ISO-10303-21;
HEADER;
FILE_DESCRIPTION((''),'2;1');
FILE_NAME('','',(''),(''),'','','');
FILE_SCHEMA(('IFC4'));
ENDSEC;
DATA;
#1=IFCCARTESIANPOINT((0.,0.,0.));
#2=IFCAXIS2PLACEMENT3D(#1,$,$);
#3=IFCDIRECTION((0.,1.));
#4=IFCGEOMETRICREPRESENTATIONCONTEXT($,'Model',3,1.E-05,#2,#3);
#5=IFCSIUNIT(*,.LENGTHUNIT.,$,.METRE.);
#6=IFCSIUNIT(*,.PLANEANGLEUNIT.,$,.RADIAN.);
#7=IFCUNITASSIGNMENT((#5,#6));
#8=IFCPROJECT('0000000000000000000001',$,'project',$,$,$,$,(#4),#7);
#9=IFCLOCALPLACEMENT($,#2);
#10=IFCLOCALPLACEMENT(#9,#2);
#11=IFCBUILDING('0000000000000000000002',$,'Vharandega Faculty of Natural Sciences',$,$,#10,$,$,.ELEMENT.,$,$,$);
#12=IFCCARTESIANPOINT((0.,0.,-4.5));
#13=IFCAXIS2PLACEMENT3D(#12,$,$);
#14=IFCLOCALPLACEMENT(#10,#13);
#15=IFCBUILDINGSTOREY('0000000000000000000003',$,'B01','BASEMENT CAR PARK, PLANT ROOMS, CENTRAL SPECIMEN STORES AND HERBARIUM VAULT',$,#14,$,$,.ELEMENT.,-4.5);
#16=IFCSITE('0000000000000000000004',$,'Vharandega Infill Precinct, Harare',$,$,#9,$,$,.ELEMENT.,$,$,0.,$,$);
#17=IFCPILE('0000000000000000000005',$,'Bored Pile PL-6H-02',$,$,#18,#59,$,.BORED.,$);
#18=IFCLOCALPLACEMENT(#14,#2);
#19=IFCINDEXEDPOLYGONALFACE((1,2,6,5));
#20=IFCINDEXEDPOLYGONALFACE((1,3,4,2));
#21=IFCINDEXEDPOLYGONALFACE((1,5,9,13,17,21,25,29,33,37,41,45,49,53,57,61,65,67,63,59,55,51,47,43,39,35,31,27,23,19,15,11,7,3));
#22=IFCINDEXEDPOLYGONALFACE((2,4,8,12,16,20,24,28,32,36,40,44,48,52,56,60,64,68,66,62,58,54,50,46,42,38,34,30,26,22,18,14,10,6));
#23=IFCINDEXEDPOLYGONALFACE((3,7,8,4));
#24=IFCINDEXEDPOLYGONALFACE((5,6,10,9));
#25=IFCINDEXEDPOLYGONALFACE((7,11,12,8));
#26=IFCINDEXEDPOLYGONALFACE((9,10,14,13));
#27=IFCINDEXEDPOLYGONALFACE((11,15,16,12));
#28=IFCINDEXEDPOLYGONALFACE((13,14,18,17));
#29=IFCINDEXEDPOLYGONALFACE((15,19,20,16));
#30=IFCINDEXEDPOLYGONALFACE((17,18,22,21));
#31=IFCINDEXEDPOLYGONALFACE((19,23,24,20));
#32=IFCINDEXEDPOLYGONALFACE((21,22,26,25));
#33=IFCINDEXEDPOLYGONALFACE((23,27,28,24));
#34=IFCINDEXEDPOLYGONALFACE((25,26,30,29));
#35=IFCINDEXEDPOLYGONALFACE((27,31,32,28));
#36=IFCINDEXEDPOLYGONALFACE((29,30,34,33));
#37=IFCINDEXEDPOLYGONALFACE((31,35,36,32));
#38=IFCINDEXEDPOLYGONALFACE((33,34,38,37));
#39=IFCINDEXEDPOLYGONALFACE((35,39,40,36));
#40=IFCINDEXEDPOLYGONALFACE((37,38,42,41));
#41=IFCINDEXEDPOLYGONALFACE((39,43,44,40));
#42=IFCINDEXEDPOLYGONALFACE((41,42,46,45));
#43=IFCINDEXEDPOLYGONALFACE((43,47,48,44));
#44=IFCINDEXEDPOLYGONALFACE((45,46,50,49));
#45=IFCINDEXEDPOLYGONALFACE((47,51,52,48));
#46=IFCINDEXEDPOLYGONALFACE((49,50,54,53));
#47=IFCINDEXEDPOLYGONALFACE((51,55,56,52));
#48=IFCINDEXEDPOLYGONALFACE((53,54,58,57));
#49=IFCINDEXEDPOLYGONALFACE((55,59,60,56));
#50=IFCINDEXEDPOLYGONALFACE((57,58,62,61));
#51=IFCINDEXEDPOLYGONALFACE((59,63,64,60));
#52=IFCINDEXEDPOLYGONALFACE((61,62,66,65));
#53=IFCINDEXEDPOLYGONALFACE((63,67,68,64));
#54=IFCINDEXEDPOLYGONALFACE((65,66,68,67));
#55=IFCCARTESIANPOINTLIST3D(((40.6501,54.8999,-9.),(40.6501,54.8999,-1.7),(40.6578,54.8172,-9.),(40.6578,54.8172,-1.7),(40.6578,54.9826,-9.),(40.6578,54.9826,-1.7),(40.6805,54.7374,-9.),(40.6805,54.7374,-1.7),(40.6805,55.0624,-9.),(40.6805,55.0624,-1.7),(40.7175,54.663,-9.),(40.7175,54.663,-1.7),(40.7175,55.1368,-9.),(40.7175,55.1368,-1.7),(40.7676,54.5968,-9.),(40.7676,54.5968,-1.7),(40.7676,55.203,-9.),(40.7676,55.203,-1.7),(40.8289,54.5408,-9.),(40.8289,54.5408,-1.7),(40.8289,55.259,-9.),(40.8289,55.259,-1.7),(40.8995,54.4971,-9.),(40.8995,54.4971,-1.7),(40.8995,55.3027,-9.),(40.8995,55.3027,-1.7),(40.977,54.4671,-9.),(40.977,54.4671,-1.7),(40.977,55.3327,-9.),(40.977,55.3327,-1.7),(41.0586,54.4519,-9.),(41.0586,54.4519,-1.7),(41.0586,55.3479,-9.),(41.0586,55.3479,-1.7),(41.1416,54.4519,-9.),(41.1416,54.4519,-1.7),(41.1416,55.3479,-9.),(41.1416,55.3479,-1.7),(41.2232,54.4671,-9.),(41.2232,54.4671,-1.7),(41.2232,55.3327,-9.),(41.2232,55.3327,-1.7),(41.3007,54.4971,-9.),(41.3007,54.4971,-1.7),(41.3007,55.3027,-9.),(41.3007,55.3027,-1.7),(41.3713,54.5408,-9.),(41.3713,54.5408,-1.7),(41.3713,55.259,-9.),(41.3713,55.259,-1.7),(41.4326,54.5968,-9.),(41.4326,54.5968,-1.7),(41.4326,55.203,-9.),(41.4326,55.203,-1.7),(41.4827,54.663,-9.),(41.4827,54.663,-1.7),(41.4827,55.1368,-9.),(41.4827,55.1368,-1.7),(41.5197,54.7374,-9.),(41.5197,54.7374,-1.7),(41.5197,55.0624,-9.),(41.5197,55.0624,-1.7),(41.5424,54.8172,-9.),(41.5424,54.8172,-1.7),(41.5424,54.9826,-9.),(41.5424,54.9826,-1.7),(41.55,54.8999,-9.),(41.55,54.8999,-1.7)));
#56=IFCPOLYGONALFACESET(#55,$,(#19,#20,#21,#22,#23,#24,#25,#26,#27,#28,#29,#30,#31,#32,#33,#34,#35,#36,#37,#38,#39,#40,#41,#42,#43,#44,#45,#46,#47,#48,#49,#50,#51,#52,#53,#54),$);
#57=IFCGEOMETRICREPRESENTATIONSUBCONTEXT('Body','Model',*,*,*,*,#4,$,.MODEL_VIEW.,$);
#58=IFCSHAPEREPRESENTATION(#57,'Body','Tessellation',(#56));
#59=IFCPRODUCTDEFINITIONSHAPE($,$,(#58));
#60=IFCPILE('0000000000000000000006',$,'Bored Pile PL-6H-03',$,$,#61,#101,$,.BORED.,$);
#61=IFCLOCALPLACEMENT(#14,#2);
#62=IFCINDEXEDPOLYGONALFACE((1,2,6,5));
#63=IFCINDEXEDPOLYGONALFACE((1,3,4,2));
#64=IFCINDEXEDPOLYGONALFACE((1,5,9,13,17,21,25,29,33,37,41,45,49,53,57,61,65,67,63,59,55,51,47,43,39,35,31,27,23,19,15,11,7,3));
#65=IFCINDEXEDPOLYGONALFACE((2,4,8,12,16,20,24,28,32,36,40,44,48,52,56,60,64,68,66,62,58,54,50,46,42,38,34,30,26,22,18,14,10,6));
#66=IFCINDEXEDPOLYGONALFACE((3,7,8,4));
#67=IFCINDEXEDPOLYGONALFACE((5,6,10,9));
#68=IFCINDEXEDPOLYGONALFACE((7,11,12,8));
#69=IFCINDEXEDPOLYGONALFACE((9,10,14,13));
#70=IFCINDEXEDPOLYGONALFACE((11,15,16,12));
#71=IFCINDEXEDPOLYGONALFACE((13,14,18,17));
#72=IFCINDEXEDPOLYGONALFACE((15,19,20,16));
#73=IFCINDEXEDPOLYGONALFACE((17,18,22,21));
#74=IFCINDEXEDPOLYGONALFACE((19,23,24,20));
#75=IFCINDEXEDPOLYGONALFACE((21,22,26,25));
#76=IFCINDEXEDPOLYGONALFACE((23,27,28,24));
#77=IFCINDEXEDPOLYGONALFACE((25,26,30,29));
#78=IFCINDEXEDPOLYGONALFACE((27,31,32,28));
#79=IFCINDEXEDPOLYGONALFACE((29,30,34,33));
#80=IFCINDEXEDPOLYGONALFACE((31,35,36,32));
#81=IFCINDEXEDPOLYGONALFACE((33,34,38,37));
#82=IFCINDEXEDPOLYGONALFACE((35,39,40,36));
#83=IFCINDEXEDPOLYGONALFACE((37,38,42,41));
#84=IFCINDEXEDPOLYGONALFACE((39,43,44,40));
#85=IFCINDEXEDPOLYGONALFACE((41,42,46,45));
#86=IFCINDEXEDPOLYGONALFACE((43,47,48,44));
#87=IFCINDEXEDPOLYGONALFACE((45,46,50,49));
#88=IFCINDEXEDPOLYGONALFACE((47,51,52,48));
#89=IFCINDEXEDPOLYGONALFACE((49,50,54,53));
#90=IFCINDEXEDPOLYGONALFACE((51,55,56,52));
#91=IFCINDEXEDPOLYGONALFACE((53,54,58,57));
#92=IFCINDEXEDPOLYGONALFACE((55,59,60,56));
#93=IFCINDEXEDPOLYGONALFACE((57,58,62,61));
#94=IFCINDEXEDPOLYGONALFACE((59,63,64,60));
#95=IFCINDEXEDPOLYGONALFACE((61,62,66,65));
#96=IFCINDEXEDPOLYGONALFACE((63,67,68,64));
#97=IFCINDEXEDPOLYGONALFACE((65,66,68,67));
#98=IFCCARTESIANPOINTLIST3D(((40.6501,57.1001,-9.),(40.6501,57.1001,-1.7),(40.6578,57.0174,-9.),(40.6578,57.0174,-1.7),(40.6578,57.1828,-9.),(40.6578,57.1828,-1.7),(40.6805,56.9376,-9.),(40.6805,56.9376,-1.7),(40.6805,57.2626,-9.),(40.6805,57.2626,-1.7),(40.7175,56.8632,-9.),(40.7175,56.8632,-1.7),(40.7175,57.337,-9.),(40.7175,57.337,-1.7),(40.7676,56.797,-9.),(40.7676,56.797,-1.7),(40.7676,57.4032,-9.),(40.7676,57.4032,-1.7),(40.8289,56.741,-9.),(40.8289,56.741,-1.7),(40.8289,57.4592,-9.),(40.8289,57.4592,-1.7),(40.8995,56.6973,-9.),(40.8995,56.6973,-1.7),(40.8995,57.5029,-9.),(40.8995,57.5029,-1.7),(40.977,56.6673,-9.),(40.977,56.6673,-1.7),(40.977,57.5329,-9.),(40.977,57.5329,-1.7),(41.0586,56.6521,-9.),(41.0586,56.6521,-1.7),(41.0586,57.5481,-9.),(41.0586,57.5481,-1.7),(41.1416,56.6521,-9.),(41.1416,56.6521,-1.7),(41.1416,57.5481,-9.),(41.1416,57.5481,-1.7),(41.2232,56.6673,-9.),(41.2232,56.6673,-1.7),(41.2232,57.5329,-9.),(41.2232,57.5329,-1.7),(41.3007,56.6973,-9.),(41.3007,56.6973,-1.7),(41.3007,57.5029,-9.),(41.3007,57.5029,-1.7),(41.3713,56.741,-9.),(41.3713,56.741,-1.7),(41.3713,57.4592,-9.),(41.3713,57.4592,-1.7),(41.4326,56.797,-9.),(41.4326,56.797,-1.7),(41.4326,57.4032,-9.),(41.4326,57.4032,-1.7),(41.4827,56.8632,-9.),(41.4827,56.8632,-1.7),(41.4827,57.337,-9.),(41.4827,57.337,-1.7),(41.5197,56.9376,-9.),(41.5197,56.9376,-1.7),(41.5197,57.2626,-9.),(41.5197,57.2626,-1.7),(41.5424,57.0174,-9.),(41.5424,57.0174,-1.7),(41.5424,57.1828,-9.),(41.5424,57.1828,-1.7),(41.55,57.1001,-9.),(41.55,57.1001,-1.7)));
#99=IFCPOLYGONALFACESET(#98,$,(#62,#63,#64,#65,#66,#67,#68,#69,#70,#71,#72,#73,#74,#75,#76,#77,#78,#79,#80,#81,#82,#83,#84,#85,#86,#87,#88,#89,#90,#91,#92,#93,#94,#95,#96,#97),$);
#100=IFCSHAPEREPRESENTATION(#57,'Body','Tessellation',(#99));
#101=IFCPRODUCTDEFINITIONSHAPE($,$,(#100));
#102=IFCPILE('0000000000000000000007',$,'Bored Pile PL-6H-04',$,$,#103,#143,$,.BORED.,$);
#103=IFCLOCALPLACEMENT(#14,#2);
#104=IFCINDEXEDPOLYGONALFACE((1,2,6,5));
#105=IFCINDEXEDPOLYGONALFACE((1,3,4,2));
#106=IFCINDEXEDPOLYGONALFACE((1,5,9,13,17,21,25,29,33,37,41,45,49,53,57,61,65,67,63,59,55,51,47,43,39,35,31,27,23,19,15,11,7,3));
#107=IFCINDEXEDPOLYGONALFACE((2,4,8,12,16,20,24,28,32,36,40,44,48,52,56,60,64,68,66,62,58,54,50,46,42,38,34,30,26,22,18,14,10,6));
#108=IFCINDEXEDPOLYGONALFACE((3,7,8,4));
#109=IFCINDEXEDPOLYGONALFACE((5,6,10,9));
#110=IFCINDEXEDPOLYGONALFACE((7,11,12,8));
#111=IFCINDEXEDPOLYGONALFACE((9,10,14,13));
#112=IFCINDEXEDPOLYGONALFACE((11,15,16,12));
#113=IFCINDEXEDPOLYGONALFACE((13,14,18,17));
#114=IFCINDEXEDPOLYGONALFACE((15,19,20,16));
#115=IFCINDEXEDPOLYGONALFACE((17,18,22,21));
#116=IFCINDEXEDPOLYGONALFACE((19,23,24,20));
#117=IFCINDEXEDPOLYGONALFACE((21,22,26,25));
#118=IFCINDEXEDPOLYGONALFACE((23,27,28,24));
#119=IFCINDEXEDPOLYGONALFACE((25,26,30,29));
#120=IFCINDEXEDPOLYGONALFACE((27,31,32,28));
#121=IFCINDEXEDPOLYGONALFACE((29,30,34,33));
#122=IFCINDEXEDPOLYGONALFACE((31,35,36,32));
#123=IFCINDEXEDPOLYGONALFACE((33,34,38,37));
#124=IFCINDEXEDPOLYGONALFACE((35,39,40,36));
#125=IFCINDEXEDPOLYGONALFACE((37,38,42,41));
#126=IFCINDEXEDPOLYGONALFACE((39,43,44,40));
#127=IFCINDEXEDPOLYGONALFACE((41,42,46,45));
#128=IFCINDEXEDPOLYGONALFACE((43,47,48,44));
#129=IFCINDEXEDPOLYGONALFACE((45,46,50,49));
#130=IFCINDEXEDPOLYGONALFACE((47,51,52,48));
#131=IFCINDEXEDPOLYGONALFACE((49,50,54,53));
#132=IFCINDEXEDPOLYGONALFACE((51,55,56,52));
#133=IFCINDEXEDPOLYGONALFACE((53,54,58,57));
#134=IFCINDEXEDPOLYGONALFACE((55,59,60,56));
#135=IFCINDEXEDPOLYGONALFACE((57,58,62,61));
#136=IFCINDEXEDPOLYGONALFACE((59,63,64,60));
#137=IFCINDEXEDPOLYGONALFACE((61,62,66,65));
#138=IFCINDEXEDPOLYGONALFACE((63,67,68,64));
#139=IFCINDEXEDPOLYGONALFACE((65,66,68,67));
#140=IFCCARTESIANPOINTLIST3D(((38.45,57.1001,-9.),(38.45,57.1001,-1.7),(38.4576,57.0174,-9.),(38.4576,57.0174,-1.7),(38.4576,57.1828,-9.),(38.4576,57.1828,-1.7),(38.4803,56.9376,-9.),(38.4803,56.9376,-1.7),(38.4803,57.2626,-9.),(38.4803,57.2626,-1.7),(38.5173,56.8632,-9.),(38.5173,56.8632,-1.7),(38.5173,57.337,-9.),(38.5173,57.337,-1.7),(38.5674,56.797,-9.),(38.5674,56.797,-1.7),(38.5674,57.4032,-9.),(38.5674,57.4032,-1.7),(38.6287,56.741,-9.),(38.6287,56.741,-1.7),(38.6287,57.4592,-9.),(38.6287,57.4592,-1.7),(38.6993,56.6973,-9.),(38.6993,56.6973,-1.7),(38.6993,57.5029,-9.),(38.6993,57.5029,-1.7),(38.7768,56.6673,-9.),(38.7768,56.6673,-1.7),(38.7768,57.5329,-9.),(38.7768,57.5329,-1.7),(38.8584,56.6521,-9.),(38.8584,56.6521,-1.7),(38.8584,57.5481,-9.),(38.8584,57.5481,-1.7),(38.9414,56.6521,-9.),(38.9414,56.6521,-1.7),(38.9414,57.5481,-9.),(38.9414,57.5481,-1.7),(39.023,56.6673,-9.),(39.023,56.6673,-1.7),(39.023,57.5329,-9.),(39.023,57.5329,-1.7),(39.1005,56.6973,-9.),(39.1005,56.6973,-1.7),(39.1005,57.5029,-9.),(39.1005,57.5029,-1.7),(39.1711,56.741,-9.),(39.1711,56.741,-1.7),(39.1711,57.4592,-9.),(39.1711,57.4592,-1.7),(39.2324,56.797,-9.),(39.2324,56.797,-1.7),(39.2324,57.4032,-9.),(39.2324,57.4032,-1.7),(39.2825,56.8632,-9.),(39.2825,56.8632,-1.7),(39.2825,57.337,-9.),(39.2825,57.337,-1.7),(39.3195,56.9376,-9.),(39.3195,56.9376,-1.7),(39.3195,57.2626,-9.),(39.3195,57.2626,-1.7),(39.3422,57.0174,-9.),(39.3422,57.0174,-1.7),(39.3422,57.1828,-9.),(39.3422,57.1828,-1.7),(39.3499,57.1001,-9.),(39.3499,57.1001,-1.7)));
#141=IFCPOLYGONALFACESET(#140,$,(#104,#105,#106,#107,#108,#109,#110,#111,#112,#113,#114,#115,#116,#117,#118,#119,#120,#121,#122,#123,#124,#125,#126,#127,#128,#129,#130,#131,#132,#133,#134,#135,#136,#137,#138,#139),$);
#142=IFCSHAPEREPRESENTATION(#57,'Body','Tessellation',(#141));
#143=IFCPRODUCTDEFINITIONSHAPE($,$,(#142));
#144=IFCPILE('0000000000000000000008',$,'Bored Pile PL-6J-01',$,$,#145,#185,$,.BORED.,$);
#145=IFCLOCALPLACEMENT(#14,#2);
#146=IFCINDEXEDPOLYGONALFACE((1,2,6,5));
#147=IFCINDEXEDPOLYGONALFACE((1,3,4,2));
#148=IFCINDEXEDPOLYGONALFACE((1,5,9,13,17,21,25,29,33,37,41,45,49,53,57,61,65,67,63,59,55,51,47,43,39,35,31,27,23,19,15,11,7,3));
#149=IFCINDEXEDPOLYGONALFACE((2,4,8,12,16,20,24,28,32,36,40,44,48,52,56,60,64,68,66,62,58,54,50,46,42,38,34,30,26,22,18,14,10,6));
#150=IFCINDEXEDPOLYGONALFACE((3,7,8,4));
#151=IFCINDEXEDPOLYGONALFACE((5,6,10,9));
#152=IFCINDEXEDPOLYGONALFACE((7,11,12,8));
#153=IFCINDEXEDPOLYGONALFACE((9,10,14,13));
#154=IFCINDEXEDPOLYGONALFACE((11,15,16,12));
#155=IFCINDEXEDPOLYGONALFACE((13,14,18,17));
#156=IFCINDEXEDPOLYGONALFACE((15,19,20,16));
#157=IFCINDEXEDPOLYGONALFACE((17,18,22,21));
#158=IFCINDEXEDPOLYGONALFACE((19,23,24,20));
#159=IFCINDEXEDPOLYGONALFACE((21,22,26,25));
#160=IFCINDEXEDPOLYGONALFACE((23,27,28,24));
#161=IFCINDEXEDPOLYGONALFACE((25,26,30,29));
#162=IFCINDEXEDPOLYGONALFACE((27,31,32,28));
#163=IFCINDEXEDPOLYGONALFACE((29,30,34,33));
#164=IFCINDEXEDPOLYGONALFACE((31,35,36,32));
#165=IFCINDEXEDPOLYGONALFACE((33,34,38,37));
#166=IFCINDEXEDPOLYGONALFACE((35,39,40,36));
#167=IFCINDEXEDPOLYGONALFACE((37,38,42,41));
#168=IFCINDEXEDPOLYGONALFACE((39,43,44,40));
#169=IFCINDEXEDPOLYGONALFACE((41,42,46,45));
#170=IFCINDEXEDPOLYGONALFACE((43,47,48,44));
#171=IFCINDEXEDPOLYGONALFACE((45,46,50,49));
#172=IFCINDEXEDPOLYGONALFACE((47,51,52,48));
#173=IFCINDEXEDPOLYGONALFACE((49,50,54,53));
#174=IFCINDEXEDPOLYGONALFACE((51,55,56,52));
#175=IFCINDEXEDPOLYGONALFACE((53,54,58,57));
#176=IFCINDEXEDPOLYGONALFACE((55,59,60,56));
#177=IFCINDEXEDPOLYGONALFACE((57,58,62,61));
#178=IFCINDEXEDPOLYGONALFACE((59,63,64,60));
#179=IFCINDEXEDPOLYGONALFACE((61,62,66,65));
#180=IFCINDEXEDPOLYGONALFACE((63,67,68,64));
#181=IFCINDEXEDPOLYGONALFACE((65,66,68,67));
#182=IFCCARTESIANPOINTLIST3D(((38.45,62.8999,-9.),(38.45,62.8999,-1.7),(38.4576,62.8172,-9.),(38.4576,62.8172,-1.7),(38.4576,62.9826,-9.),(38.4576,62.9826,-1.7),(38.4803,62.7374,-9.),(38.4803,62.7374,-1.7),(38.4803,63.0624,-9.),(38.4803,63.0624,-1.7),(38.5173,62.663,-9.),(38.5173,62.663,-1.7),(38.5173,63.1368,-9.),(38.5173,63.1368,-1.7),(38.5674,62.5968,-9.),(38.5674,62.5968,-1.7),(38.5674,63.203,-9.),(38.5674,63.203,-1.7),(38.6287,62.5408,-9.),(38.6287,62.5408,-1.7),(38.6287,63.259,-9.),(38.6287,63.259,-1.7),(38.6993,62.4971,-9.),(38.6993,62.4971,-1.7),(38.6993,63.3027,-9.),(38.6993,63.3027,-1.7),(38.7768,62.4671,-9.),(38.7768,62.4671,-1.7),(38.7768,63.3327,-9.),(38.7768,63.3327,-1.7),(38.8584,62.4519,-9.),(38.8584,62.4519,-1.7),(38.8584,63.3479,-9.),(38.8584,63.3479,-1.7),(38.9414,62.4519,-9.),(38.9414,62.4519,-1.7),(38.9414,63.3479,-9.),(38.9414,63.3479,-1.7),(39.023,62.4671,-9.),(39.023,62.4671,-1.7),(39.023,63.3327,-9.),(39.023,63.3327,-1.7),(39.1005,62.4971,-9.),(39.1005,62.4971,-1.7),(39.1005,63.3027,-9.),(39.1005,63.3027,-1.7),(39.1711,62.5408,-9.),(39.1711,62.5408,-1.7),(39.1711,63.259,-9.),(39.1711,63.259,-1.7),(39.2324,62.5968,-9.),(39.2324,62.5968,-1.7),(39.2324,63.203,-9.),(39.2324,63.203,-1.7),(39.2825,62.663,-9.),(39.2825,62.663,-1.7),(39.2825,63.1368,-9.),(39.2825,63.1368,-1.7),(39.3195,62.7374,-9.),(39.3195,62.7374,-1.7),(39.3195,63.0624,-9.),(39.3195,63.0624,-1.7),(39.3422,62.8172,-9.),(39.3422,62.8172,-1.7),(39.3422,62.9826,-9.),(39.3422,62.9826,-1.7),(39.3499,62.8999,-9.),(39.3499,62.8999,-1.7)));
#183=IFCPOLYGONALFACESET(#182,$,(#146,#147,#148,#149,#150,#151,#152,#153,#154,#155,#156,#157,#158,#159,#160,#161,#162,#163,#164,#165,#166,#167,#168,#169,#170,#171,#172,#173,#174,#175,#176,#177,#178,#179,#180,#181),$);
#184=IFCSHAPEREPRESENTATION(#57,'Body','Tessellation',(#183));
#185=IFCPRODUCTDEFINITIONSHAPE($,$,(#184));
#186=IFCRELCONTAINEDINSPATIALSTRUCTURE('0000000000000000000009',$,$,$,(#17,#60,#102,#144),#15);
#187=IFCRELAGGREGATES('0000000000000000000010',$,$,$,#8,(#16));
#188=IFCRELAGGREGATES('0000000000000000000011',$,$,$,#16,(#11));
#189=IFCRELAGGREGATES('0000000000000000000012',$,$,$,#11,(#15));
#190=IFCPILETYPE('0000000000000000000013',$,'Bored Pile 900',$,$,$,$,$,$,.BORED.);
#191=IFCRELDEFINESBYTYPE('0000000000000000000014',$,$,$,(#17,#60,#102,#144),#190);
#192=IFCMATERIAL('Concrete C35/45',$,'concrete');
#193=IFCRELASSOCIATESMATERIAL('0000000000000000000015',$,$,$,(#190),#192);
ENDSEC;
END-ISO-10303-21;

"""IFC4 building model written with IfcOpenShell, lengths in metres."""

from ifc_helpers import new_model, si_unit, direction, frame, origin, origin_2d, place, context, subcontext, project, spatial, circle, extrude, material, material_profile, profile_set, type_object, element, save


model = new_model("IFC4")

# Units and contexts
model_context = context("Model", 3, precision=1e-05, world=origin(), true_north=direction((0.0, 1.0)))
body_context = subcontext(model_context, "Body", "Model", "MODEL_VIEW")
ifc_project = project(units=[si_unit("LENGTHUNIT", "METRE"), si_unit("PLANEANGLEUNIT", "RADIAN")], contexts=[model_context])

# Site, building, storey
site_placement = place(None, origin())
site = spatial("IfcSite", under=ifc_project, at=site_placement, Name="Vharandega Infill Precinct, Harare", CompositionType="ELEMENT", RefElevation=0.0)
building_placement = place(site_placement, origin())
building = spatial("IfcBuilding", under=site, at=building_placement, Name="Vharandega Faculty of Natural Sciences", CompositionType="ELEMENT")
storey_placement = place(building_placement, frame((0.0, 0.0, -4.5)))
storey = spatial("IfcBuildingStorey", under=building, at=storey_placement, Name="B01", Description="BASEMENT CAR PARK, PLANT ROOMS, CENTRAL SPECIMEN STORES AND HERBARIUM VAULT", CompositionType="ELEMENT", Elevation=-4.5)

# Piles
ifc_material_1 = material(Name="Concrete C35/45", Category="concrete")
ifc_material_profile_1 = material_profile(ifc_material_1, circle(Radius=0.45, at=origin_2d()), Name="PILE 900")
ifc_profile_set_1 = profile_set([ifc_material_profile_1], Name="Concrete C35/45")
pile_type = type_object("IfcPileType", Name="Bored Pile 900", PredefinedType="BORED", material=ifc_profile_set_1)
for number, where, z_axis, x_axis, name in (
    (1, (41.1001, 54.8999, -1.7), (0.0, 0.0, -1.0), (1.0, 0.0, 0.0), "Bored Pile PL-6H-02"),
    (2, (41.1001, 57.1001, -1.7), (0.0, 0.0, -1.0), (1.0, 0.0, 0.0), "Bored Pile PL-6H-03"),
    (3, (38.8999, 57.1001, -1.7), (0.0, 0.0, -1.0), (1.0, 0.0, 0.0), "Bored Pile PL-6H-04"),
    (4, (38.8999, 62.8999, -1.7), (0.0, 0.0, -1.0), (1.0, 0.0, 0.0), "Bored Pile PL-6J-01"),
):
    element("IfcPile", number, at=place(storey_placement, frame(where, z_axis=z_axis, x_axis=x_axis)), inside=storey, type_object=pile_type, Name=name, PredefinedType="BORED", context=body_context, shape_type="SweptSolid", body=[
        extrude(circle(Radius=0.45, at=origin_2d()), origin(), (0.0, 0.0, 1.0), 7.3),
    ])

save(model, "model.ifc")
